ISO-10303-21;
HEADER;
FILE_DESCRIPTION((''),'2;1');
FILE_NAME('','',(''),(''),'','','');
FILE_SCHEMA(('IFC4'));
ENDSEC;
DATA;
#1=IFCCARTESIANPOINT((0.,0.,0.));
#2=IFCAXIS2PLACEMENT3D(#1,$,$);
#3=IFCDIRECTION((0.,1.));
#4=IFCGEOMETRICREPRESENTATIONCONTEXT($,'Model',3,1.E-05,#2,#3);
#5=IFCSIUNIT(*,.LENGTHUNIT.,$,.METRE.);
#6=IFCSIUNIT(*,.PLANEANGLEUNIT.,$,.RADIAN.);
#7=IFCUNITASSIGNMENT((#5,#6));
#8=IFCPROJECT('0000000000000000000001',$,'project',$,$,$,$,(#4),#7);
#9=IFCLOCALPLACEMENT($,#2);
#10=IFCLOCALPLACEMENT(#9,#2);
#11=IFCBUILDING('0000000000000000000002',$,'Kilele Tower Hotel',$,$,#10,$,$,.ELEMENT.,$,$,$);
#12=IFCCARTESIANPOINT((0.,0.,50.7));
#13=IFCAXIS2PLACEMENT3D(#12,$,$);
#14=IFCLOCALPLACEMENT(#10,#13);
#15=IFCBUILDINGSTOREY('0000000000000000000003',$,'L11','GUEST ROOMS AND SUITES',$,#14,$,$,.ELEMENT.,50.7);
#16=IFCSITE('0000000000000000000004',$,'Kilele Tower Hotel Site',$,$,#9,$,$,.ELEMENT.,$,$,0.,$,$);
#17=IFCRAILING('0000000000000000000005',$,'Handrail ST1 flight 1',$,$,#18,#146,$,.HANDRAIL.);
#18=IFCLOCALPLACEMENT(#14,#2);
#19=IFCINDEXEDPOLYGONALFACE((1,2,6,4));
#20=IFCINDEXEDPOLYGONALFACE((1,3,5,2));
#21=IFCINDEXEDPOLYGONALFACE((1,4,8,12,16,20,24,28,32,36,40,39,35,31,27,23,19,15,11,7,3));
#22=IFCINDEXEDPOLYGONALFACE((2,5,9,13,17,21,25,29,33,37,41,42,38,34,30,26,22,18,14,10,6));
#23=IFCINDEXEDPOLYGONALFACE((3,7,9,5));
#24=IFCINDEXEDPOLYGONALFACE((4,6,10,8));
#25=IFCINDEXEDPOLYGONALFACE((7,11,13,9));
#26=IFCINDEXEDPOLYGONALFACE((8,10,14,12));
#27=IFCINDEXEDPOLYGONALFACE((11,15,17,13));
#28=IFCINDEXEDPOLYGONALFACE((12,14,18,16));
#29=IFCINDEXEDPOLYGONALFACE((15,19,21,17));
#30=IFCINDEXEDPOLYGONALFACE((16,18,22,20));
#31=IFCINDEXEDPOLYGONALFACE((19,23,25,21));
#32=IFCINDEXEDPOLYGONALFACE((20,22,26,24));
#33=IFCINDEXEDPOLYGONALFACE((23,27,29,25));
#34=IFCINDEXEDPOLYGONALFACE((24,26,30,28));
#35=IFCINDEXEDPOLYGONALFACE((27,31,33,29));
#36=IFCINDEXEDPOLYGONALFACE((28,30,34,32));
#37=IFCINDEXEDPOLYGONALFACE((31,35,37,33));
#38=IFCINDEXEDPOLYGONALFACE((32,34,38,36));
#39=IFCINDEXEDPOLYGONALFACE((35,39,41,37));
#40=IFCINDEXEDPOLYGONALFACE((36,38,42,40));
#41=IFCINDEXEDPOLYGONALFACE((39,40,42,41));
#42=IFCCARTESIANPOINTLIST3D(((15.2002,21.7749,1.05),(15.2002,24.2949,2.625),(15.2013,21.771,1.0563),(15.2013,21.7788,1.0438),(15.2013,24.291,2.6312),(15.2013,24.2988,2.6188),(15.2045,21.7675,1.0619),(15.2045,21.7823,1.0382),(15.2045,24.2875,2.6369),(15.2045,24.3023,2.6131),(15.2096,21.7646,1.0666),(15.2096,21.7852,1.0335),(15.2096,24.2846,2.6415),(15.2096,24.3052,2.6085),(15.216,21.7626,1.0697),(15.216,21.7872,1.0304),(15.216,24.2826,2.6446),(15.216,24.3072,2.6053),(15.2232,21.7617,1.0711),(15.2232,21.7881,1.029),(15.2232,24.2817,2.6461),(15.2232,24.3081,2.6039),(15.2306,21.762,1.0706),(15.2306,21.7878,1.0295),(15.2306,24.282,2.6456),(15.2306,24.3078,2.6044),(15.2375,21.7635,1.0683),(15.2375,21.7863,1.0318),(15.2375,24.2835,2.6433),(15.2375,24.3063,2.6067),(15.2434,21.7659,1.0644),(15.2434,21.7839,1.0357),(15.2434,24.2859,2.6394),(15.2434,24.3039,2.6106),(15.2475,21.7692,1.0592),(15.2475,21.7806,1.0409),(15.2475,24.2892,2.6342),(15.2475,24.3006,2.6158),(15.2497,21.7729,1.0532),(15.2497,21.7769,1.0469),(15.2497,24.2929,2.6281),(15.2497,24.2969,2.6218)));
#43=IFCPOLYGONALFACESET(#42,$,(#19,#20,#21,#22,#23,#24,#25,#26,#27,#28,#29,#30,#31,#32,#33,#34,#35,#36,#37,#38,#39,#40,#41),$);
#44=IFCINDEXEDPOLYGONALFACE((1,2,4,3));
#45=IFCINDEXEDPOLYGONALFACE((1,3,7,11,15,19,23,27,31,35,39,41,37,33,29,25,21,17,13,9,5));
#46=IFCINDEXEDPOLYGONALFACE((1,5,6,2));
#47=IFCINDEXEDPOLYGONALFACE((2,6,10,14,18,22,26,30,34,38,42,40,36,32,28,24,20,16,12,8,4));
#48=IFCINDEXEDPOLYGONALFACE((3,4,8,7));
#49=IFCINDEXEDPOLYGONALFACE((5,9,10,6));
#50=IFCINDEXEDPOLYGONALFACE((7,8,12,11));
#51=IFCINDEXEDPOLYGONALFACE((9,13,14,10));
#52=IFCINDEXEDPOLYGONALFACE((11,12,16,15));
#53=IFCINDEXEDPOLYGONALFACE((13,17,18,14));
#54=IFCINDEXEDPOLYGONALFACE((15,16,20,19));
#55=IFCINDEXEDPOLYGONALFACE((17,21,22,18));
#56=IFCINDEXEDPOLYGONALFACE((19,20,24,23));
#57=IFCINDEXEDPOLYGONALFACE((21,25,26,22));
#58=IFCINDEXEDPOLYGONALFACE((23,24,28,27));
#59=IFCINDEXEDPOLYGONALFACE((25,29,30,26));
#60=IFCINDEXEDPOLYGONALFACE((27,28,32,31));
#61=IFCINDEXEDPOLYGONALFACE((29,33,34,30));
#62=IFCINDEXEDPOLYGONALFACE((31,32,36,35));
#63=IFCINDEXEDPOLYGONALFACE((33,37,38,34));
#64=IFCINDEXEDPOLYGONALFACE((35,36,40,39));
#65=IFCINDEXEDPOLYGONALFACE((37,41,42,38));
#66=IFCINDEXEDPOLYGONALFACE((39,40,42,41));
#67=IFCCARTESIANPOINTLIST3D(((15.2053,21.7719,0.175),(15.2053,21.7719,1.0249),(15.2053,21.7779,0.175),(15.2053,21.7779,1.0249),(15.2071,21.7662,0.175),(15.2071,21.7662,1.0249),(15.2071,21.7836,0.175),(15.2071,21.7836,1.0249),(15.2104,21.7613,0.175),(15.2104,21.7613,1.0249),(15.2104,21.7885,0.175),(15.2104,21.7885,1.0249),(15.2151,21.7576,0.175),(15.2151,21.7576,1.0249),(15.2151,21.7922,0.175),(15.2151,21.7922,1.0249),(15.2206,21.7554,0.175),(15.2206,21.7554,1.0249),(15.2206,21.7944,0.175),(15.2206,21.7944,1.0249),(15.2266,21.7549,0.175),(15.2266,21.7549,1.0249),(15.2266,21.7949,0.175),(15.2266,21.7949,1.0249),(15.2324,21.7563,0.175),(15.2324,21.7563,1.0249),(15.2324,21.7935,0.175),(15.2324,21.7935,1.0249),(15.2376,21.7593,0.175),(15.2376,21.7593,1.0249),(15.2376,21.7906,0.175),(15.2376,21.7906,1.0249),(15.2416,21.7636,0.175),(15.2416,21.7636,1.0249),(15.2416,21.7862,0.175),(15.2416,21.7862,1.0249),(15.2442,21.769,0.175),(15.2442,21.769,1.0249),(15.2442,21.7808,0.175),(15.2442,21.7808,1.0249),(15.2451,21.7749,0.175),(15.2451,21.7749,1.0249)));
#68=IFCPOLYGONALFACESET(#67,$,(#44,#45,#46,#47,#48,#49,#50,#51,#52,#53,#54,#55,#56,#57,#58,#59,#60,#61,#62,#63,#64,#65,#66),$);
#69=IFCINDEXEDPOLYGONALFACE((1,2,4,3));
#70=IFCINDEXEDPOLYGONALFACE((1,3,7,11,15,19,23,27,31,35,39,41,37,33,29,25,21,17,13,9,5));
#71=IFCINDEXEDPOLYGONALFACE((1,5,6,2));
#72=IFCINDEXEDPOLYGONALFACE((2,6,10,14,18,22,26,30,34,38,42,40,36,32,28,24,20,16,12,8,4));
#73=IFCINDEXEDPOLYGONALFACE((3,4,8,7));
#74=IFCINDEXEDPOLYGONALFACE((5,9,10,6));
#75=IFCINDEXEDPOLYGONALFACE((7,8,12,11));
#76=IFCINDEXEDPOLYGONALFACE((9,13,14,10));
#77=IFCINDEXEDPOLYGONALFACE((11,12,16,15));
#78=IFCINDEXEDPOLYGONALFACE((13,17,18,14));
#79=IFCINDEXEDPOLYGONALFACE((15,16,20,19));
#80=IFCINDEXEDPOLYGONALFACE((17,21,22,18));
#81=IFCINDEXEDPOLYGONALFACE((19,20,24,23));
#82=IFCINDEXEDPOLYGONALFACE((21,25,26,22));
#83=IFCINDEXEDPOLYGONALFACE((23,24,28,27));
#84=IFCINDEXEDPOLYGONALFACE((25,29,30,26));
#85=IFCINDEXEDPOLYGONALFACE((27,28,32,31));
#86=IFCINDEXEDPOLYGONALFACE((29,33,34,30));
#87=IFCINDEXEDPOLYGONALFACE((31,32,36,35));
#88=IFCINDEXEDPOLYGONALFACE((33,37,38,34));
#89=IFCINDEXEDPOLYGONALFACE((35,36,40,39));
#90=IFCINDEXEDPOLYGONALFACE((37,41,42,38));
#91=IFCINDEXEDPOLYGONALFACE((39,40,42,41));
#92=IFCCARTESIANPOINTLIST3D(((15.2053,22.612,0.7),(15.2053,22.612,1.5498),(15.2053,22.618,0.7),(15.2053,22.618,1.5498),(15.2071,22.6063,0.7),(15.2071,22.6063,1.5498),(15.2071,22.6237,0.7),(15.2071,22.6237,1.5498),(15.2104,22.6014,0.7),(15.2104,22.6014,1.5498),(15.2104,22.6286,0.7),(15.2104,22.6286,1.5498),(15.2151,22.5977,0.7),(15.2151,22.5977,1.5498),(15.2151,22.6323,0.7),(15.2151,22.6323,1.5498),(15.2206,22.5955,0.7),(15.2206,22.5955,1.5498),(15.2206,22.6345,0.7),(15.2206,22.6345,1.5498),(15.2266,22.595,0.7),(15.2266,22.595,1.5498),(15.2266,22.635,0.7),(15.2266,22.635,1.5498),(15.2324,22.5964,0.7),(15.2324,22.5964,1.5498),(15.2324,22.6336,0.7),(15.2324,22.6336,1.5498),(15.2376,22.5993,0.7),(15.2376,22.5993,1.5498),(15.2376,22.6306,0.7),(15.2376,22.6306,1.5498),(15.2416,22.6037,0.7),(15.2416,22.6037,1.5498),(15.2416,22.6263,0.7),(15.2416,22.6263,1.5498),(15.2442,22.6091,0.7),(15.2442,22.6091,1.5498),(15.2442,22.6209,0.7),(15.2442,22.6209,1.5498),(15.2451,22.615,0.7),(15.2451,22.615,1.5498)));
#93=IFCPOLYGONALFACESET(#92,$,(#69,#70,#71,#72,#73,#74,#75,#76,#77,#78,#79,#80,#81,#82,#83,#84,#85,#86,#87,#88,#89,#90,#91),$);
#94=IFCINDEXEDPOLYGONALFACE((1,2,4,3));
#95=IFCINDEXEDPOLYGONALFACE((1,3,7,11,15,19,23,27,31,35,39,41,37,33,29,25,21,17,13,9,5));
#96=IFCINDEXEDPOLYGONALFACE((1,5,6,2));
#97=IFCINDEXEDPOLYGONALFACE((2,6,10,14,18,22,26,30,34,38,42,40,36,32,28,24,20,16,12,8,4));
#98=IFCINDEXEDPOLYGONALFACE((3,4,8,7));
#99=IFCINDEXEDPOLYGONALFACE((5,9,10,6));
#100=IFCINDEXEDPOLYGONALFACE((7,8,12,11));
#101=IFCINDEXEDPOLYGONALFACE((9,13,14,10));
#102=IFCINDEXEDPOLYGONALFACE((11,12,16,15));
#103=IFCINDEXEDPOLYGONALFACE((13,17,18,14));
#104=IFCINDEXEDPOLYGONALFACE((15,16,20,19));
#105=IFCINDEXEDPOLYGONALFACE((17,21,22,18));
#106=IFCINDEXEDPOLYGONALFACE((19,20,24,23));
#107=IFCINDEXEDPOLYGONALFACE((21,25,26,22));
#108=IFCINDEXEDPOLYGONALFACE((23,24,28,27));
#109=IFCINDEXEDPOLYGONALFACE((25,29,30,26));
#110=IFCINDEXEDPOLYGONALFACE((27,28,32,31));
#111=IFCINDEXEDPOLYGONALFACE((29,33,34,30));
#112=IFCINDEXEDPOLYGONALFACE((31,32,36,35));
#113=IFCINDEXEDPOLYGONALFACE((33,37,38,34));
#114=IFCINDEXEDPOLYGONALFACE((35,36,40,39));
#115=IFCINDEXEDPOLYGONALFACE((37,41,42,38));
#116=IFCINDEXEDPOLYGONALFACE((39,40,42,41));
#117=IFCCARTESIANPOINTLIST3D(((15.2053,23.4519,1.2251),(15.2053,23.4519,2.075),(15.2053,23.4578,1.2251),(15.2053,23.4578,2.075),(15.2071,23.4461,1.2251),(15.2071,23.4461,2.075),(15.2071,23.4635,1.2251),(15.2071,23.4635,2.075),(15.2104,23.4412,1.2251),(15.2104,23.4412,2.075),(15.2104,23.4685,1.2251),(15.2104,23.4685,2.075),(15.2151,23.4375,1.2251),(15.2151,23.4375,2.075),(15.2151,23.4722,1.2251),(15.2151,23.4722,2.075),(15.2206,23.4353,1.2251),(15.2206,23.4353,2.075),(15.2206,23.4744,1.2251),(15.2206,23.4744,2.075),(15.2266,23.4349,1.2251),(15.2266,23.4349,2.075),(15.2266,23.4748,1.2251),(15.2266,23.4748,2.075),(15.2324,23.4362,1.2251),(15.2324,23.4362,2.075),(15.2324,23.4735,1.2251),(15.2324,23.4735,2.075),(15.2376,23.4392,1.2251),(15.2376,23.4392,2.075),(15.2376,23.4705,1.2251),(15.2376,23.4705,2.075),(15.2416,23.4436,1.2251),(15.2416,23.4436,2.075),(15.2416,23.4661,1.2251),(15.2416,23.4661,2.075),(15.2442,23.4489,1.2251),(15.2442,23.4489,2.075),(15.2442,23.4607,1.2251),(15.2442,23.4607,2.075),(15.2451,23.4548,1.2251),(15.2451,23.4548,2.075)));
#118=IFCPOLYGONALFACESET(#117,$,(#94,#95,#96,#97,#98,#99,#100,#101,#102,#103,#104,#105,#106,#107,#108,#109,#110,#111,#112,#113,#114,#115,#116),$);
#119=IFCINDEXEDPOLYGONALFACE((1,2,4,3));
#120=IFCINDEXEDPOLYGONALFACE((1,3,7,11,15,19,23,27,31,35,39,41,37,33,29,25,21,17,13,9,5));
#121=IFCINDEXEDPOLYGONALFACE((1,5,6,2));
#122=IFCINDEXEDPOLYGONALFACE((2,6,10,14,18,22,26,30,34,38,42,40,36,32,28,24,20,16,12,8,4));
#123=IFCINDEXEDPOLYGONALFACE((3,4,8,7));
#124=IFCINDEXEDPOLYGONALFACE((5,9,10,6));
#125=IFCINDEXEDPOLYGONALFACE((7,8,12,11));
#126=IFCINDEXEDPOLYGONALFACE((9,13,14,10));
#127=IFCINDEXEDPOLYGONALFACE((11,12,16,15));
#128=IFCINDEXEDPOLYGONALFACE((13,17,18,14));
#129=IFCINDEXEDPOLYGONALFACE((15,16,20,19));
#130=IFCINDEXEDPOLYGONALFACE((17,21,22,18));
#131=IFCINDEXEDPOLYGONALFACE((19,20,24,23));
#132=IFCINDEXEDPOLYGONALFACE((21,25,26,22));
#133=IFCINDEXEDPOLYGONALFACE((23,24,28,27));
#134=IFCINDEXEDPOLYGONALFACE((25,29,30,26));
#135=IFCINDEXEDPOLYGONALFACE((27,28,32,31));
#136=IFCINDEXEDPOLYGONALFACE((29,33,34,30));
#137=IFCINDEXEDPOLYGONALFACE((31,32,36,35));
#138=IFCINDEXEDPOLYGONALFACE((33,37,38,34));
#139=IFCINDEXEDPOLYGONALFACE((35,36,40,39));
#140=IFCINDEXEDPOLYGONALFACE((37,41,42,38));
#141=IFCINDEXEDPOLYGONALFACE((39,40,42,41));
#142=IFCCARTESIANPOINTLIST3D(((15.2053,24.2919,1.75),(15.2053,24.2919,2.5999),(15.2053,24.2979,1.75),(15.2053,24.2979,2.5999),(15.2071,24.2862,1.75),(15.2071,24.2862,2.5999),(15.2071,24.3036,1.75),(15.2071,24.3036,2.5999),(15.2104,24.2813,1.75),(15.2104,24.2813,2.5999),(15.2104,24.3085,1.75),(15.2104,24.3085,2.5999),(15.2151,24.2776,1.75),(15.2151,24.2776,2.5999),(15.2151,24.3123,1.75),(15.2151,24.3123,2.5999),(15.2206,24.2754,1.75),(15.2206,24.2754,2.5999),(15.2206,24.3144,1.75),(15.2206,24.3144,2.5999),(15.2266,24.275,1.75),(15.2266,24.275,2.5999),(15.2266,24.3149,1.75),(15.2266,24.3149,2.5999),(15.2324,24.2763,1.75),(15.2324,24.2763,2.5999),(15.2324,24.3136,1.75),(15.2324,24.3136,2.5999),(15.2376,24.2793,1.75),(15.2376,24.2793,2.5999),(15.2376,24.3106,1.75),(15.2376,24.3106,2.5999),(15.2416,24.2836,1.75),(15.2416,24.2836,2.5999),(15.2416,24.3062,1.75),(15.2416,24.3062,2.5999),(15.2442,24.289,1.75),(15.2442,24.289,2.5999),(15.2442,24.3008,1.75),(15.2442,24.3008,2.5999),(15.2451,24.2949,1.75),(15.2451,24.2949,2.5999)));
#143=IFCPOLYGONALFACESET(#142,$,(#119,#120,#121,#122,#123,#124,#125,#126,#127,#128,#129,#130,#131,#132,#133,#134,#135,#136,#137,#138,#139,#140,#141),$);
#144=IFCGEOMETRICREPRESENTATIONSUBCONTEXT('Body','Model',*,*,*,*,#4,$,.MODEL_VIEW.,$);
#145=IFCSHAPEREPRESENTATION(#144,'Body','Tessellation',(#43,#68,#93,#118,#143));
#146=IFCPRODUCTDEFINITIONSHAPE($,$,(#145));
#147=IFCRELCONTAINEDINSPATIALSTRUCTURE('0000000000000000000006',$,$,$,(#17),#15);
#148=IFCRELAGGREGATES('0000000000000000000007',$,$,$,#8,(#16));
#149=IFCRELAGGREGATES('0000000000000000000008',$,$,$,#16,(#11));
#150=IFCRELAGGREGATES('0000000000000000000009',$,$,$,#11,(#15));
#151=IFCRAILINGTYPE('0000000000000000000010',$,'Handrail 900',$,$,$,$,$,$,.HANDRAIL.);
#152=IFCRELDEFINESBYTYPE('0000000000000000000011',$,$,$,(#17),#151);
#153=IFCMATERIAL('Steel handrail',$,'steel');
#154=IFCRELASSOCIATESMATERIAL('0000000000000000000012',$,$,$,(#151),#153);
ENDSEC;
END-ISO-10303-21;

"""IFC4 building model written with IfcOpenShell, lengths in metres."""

from ifc_helpers import new_model, si_unit, direction, frame, origin, origin_2d, place, context, subcontext, project, spatial, circle, extrude, material, type_object, element, save


model = new_model("IFC4")

# Units and contexts
model_context = context("Model", 3, precision=1e-05, world=origin(), true_north=direction((0.0, 1.0)))
body_context = subcontext(model_context, "Body", "Model", "MODEL_VIEW")
ifc_project = project(units=[si_unit("LENGTHUNIT", "METRE"), si_unit("PLANEANGLEUNIT", "RADIAN")], contexts=[model_context])

# Site, building, storey
site_placement = place(None, origin())
site = spatial("IfcSite", under=ifc_project, at=site_placement, Name="Kilele Tower Hotel Site", CompositionType="ELEMENT", RefElevation=0.0)
building_placement = place(site_placement, origin())
building = spatial("IfcBuilding", under=site, at=building_placement, Name="Kilele Tower Hotel", CompositionType="ELEMENT")
storey_placement = place(building_placement, frame((0.0, 0.0, 50.7)))
storey = spatial("IfcBuildingStorey", under=building, at=storey_placement, Name="L11", Description="GUEST ROOMS AND SUITES", CompositionType="ELEMENT", Elevation=50.7)

# Railing
ifc_material_1 = material(Name="Steel handrail", Category="steel")
railing_type_1 = type_object("IfcRailingType", Name="Handrail 900", PredefinedType="HANDRAIL", material=ifc_material_1)
for number, where, name in (
    (1, (15.2251, 21.7749, 0.175), "Handrail ST1 flight 1"),
):
    element("IfcRailing", number, at=place(storey_placement, frame(where)), inside=storey, type_object=railing_type_1, Name=name, PredefinedType="HANDRAIL", context=body_context, shape_type="SweptSolid", body=[
        extrude(circle(Radius=0.0249, at=origin_2d()), frame((0.0, 0.0, 0.875), z_axis=(0.0, 0.848008, 0.529984), x_axis=(-1.0, 0.0, 0.0)), (0.0, 0.0, 1.0), 2.9717),
        extrude(circle(Radius=0.02, at=origin_2d()), origin(), (0.0, 0.0, 1.0), 0.8499),
        extrude(circle(Radius=0.02, at=origin_2d()), frame((0.0, 0.8401, 0.5249)), (0.0, 0.0, 1.0), 0.8499),
        extrude(circle(Radius=0.02, at=origin_2d()), frame((0.0, 1.6799, 1.05)), (0.0, 0.0, 1.0), 0.8499),
        extrude(circle(Radius=0.02, at=origin_2d()), frame((0.0, 2.52, 1.575)), (0.0, 0.0, 1.0), 0.8499),
    ])

save(model, "model.ifc")
